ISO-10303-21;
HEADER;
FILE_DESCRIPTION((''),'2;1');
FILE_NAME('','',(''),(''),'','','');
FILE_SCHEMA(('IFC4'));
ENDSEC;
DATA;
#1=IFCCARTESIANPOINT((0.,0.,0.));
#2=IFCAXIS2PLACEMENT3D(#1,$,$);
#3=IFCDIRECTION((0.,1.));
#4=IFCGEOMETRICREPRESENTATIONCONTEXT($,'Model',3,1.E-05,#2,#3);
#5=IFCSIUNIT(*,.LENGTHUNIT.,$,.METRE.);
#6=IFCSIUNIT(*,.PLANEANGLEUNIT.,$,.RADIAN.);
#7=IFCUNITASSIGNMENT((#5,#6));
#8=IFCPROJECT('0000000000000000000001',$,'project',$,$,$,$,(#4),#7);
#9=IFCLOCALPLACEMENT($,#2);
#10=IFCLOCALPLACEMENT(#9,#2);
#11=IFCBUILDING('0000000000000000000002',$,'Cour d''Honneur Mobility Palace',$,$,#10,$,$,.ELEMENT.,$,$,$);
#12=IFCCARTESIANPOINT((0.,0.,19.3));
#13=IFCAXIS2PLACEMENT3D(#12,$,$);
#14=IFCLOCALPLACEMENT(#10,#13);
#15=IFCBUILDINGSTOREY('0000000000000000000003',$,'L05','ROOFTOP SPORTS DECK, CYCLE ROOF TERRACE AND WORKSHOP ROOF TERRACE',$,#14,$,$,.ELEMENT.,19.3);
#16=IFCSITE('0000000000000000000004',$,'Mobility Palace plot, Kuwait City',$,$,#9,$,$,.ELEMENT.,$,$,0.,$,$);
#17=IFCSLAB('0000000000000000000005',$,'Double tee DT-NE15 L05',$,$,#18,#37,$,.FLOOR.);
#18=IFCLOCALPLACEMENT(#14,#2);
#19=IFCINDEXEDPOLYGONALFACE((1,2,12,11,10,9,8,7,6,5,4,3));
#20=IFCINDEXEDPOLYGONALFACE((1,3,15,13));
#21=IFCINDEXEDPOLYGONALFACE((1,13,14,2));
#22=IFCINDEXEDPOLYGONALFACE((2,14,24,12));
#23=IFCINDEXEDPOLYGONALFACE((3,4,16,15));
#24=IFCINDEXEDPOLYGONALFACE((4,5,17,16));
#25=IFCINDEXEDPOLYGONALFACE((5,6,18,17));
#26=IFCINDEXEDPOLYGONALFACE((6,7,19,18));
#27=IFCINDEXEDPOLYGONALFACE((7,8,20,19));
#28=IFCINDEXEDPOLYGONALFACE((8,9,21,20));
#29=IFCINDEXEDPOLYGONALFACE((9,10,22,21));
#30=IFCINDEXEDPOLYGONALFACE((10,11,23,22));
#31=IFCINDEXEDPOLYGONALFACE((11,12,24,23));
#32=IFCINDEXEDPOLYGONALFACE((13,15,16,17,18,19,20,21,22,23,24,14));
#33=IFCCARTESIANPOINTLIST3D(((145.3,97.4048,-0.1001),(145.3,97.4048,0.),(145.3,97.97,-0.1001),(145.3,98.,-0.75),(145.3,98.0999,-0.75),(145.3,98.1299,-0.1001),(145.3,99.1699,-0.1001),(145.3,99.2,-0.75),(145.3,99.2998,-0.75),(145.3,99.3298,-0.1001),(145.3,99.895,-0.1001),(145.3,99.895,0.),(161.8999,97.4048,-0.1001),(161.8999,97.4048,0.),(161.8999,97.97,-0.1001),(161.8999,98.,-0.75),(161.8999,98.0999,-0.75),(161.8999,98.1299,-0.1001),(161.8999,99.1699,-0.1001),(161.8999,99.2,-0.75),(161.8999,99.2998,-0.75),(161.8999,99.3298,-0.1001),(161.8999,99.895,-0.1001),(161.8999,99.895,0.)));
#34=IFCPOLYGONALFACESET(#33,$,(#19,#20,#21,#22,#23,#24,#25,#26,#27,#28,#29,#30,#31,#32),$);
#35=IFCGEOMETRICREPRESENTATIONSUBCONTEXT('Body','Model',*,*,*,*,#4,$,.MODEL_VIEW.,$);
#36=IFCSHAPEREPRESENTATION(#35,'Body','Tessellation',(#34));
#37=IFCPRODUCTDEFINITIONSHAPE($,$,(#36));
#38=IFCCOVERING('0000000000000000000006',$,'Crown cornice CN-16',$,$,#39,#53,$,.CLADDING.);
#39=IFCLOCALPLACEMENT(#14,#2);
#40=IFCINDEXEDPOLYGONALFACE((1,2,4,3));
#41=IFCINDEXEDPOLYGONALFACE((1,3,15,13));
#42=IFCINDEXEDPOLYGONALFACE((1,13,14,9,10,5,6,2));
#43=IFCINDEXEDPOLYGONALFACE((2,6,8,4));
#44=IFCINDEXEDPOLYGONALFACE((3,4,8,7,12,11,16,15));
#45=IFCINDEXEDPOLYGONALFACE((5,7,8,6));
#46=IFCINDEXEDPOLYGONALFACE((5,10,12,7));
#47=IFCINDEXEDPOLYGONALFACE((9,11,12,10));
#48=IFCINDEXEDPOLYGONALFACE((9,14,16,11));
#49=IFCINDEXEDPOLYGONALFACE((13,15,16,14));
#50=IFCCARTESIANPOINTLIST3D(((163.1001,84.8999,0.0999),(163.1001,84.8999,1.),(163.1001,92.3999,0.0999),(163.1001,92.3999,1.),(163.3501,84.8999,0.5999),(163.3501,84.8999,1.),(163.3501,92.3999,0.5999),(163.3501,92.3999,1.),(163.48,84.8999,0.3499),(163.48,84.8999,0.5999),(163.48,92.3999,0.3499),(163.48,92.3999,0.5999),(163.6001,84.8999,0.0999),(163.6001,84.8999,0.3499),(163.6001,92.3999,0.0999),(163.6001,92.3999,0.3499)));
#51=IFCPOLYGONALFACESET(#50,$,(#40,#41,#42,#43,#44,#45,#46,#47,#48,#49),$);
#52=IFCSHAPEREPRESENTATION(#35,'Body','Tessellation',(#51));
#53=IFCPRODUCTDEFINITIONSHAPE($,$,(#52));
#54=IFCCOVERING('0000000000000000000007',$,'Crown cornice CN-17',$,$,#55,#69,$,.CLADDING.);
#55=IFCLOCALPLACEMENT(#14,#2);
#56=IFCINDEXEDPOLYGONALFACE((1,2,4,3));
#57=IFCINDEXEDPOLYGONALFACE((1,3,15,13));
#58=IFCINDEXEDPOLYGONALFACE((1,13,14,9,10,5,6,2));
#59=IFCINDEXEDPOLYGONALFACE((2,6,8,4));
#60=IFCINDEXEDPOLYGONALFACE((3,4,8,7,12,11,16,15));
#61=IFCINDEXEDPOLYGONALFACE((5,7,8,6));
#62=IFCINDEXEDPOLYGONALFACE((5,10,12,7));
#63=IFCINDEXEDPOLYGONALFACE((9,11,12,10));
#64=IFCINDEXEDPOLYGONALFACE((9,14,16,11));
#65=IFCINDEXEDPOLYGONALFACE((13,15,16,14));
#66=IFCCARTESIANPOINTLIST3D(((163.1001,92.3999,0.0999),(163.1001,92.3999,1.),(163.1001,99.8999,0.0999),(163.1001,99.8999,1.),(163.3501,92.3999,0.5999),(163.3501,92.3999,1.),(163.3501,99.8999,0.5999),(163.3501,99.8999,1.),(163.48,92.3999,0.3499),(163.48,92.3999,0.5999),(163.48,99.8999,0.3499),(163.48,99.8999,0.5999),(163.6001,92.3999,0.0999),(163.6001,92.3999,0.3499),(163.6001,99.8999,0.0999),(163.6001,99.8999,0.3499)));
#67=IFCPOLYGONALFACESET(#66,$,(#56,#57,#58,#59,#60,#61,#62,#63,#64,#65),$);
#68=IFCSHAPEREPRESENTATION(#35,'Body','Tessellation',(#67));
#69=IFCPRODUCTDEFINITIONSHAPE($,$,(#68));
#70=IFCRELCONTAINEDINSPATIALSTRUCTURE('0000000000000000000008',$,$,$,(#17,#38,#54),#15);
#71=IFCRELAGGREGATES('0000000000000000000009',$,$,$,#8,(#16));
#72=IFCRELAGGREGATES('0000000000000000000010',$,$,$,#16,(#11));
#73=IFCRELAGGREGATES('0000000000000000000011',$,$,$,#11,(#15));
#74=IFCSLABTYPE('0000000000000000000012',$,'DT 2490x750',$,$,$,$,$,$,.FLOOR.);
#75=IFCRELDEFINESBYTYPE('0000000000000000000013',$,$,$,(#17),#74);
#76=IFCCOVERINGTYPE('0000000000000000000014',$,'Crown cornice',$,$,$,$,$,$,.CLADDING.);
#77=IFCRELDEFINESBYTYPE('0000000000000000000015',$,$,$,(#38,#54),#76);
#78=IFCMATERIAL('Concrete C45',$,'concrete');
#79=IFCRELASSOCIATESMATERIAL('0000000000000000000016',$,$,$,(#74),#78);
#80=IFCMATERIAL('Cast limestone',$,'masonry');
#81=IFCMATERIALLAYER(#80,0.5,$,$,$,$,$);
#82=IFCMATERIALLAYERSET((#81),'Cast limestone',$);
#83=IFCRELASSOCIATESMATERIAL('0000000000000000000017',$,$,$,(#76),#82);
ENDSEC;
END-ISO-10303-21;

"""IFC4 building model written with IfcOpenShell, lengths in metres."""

from ifc_helpers import new_model, si_unit, direction, frame, origin, place, context, subcontext, project, spatial, polyline, outline, extrude, material, layer, layer_set, material_profile, profile_set, type_object, element, save


model = new_model("IFC4")

# Units and contexts
model_context = context("Model", 3, precision=1e-05, world=origin(), true_north=direction((0.0, 1.0)))
body_context = subcontext(model_context, "Body", "Model", "MODEL_VIEW")
ifc_project = project(units=[si_unit("LENGTHUNIT", "METRE"), si_unit("PLANEANGLEUNIT", "RADIAN")], contexts=[model_context])

# Site, building, storey
site_placement = place(None, origin())
site = spatial("IfcSite", under=ifc_project, at=site_placement, Name="Mobility Palace plot, Kuwait City", CompositionType="ELEMENT", RefElevation=0.0)
building_placement = place(site_placement, origin())
building = spatial("IfcBuilding", under=site, at=building_placement, Name="Cour d'Honneur Mobility Palace", CompositionType="ELEMENT")
storey_placement = place(building_placement, frame((0.0, 0.0, 19.3)))
storey = spatial("IfcBuildingStorey", under=building, at=storey_placement, Name="L05", Description="ROOFTOP SPORTS DECK, CYCLE ROOF TERRACE AND WORKSHOP ROOF TERRACE", CompositionType="ELEMENT", Elevation=19.3)

# Slab
ifc_material_1 = material(Name="Concrete C45", Category="concrete")
ifc_material_profile_1 = material_profile(ifc_material_1, outline(polyline([(-1.2451, 0.0), (1.2451, 0.0), (1.2451, -0.1001), (0.6799, -0.1001), (0.6499, -0.75), (0.55, -0.75), (0.52, -0.1001), (-0.52, -0.1001), (-0.55, -0.75), (-0.6499, -0.75), (-0.6799, -0.1001), (-1.2451, -0.1001), (-1.2451, 0.0)])), Name="DT 2490x750")
ifc_profile_set_1 = profile_set([ifc_material_profile_1], Name="Concrete C45")
slab_type = type_object("IfcSlabType", Name="DT 2490x750", PredefinedType="FLOOR", material=ifc_profile_set_1)
slab_1_placement = place(storey_placement, frame((145.3, 98.6499, 0.0), z_axis=(1.0, 0.0, 0.0), x_axis=(0.0, 1.0, 0.0)))
element("IfcSlab", 1, at=slab_1_placement, inside=storey, type_object=slab_type, Name="Double tee DT-NE15 L05", PredefinedType="FLOOR", context=body_context, shape_type="SweptSolid", body=[
    extrude(outline(polyline([(-1.2451, 0.0), (1.2451, 0.0), (1.2451, -0.1001), (0.6799, -0.1001), (0.6499, -0.75), (0.55, -0.75), (0.52, -0.1001), (-0.52, -0.1001), (-0.55, -0.75), (-0.6499, -0.75), (-0.6799, -0.1001), (-1.2451, -0.1001), (-1.2451, 0.0)])), origin(), (0.0, 0.0, 1.0), 16.5999),
])

# Coverings
ifc_material_2 = material(Name="Cast limestone", Category="masonry")
ifc_layer = layer(ifc_material_2, 0.5)
ifc_layer_set = layer_set([ifc_layer], Name="Cast limestone")
covering_type = type_object("IfcCoveringType", Name="Crown cornice", PredefinedType="CLADDING", material=ifc_layer_set)
for number, where, z_axis, x_axis, name in (
    (2, (163.1001, 84.8999, 0.0999), (0.0, -1.0, 0.0), (1.0, 0.0, 0.0), "Crown cornice CN-16"),
    (3, (163.1001, 92.3999, 0.0999), (0.0, -1.0, 0.0), (1.0, 0.0, 0.0), "Crown cornice CN-17"),
):
    element("IfcCovering", number, at=place(storey_placement, frame(where, z_axis=z_axis, x_axis=x_axis)), inside=storey, type_object=covering_type, Name=name, PredefinedType="CLADDING", context=body_context, shape_type="SweptSolid", body=[
        extrude(outline(polyline([(0.0, 0.0), (0.5, 0.0), (0.5, 0.25), (0.3799, 0.25), (0.3799, 0.5), (0.25, 0.5), (0.25, 0.9001), (0.0, 0.9001), (0.0, 0.0)])), origin(), (0.0, 0.0, -1.0), 7.5),
    ])

save(model, "model.ifc")
